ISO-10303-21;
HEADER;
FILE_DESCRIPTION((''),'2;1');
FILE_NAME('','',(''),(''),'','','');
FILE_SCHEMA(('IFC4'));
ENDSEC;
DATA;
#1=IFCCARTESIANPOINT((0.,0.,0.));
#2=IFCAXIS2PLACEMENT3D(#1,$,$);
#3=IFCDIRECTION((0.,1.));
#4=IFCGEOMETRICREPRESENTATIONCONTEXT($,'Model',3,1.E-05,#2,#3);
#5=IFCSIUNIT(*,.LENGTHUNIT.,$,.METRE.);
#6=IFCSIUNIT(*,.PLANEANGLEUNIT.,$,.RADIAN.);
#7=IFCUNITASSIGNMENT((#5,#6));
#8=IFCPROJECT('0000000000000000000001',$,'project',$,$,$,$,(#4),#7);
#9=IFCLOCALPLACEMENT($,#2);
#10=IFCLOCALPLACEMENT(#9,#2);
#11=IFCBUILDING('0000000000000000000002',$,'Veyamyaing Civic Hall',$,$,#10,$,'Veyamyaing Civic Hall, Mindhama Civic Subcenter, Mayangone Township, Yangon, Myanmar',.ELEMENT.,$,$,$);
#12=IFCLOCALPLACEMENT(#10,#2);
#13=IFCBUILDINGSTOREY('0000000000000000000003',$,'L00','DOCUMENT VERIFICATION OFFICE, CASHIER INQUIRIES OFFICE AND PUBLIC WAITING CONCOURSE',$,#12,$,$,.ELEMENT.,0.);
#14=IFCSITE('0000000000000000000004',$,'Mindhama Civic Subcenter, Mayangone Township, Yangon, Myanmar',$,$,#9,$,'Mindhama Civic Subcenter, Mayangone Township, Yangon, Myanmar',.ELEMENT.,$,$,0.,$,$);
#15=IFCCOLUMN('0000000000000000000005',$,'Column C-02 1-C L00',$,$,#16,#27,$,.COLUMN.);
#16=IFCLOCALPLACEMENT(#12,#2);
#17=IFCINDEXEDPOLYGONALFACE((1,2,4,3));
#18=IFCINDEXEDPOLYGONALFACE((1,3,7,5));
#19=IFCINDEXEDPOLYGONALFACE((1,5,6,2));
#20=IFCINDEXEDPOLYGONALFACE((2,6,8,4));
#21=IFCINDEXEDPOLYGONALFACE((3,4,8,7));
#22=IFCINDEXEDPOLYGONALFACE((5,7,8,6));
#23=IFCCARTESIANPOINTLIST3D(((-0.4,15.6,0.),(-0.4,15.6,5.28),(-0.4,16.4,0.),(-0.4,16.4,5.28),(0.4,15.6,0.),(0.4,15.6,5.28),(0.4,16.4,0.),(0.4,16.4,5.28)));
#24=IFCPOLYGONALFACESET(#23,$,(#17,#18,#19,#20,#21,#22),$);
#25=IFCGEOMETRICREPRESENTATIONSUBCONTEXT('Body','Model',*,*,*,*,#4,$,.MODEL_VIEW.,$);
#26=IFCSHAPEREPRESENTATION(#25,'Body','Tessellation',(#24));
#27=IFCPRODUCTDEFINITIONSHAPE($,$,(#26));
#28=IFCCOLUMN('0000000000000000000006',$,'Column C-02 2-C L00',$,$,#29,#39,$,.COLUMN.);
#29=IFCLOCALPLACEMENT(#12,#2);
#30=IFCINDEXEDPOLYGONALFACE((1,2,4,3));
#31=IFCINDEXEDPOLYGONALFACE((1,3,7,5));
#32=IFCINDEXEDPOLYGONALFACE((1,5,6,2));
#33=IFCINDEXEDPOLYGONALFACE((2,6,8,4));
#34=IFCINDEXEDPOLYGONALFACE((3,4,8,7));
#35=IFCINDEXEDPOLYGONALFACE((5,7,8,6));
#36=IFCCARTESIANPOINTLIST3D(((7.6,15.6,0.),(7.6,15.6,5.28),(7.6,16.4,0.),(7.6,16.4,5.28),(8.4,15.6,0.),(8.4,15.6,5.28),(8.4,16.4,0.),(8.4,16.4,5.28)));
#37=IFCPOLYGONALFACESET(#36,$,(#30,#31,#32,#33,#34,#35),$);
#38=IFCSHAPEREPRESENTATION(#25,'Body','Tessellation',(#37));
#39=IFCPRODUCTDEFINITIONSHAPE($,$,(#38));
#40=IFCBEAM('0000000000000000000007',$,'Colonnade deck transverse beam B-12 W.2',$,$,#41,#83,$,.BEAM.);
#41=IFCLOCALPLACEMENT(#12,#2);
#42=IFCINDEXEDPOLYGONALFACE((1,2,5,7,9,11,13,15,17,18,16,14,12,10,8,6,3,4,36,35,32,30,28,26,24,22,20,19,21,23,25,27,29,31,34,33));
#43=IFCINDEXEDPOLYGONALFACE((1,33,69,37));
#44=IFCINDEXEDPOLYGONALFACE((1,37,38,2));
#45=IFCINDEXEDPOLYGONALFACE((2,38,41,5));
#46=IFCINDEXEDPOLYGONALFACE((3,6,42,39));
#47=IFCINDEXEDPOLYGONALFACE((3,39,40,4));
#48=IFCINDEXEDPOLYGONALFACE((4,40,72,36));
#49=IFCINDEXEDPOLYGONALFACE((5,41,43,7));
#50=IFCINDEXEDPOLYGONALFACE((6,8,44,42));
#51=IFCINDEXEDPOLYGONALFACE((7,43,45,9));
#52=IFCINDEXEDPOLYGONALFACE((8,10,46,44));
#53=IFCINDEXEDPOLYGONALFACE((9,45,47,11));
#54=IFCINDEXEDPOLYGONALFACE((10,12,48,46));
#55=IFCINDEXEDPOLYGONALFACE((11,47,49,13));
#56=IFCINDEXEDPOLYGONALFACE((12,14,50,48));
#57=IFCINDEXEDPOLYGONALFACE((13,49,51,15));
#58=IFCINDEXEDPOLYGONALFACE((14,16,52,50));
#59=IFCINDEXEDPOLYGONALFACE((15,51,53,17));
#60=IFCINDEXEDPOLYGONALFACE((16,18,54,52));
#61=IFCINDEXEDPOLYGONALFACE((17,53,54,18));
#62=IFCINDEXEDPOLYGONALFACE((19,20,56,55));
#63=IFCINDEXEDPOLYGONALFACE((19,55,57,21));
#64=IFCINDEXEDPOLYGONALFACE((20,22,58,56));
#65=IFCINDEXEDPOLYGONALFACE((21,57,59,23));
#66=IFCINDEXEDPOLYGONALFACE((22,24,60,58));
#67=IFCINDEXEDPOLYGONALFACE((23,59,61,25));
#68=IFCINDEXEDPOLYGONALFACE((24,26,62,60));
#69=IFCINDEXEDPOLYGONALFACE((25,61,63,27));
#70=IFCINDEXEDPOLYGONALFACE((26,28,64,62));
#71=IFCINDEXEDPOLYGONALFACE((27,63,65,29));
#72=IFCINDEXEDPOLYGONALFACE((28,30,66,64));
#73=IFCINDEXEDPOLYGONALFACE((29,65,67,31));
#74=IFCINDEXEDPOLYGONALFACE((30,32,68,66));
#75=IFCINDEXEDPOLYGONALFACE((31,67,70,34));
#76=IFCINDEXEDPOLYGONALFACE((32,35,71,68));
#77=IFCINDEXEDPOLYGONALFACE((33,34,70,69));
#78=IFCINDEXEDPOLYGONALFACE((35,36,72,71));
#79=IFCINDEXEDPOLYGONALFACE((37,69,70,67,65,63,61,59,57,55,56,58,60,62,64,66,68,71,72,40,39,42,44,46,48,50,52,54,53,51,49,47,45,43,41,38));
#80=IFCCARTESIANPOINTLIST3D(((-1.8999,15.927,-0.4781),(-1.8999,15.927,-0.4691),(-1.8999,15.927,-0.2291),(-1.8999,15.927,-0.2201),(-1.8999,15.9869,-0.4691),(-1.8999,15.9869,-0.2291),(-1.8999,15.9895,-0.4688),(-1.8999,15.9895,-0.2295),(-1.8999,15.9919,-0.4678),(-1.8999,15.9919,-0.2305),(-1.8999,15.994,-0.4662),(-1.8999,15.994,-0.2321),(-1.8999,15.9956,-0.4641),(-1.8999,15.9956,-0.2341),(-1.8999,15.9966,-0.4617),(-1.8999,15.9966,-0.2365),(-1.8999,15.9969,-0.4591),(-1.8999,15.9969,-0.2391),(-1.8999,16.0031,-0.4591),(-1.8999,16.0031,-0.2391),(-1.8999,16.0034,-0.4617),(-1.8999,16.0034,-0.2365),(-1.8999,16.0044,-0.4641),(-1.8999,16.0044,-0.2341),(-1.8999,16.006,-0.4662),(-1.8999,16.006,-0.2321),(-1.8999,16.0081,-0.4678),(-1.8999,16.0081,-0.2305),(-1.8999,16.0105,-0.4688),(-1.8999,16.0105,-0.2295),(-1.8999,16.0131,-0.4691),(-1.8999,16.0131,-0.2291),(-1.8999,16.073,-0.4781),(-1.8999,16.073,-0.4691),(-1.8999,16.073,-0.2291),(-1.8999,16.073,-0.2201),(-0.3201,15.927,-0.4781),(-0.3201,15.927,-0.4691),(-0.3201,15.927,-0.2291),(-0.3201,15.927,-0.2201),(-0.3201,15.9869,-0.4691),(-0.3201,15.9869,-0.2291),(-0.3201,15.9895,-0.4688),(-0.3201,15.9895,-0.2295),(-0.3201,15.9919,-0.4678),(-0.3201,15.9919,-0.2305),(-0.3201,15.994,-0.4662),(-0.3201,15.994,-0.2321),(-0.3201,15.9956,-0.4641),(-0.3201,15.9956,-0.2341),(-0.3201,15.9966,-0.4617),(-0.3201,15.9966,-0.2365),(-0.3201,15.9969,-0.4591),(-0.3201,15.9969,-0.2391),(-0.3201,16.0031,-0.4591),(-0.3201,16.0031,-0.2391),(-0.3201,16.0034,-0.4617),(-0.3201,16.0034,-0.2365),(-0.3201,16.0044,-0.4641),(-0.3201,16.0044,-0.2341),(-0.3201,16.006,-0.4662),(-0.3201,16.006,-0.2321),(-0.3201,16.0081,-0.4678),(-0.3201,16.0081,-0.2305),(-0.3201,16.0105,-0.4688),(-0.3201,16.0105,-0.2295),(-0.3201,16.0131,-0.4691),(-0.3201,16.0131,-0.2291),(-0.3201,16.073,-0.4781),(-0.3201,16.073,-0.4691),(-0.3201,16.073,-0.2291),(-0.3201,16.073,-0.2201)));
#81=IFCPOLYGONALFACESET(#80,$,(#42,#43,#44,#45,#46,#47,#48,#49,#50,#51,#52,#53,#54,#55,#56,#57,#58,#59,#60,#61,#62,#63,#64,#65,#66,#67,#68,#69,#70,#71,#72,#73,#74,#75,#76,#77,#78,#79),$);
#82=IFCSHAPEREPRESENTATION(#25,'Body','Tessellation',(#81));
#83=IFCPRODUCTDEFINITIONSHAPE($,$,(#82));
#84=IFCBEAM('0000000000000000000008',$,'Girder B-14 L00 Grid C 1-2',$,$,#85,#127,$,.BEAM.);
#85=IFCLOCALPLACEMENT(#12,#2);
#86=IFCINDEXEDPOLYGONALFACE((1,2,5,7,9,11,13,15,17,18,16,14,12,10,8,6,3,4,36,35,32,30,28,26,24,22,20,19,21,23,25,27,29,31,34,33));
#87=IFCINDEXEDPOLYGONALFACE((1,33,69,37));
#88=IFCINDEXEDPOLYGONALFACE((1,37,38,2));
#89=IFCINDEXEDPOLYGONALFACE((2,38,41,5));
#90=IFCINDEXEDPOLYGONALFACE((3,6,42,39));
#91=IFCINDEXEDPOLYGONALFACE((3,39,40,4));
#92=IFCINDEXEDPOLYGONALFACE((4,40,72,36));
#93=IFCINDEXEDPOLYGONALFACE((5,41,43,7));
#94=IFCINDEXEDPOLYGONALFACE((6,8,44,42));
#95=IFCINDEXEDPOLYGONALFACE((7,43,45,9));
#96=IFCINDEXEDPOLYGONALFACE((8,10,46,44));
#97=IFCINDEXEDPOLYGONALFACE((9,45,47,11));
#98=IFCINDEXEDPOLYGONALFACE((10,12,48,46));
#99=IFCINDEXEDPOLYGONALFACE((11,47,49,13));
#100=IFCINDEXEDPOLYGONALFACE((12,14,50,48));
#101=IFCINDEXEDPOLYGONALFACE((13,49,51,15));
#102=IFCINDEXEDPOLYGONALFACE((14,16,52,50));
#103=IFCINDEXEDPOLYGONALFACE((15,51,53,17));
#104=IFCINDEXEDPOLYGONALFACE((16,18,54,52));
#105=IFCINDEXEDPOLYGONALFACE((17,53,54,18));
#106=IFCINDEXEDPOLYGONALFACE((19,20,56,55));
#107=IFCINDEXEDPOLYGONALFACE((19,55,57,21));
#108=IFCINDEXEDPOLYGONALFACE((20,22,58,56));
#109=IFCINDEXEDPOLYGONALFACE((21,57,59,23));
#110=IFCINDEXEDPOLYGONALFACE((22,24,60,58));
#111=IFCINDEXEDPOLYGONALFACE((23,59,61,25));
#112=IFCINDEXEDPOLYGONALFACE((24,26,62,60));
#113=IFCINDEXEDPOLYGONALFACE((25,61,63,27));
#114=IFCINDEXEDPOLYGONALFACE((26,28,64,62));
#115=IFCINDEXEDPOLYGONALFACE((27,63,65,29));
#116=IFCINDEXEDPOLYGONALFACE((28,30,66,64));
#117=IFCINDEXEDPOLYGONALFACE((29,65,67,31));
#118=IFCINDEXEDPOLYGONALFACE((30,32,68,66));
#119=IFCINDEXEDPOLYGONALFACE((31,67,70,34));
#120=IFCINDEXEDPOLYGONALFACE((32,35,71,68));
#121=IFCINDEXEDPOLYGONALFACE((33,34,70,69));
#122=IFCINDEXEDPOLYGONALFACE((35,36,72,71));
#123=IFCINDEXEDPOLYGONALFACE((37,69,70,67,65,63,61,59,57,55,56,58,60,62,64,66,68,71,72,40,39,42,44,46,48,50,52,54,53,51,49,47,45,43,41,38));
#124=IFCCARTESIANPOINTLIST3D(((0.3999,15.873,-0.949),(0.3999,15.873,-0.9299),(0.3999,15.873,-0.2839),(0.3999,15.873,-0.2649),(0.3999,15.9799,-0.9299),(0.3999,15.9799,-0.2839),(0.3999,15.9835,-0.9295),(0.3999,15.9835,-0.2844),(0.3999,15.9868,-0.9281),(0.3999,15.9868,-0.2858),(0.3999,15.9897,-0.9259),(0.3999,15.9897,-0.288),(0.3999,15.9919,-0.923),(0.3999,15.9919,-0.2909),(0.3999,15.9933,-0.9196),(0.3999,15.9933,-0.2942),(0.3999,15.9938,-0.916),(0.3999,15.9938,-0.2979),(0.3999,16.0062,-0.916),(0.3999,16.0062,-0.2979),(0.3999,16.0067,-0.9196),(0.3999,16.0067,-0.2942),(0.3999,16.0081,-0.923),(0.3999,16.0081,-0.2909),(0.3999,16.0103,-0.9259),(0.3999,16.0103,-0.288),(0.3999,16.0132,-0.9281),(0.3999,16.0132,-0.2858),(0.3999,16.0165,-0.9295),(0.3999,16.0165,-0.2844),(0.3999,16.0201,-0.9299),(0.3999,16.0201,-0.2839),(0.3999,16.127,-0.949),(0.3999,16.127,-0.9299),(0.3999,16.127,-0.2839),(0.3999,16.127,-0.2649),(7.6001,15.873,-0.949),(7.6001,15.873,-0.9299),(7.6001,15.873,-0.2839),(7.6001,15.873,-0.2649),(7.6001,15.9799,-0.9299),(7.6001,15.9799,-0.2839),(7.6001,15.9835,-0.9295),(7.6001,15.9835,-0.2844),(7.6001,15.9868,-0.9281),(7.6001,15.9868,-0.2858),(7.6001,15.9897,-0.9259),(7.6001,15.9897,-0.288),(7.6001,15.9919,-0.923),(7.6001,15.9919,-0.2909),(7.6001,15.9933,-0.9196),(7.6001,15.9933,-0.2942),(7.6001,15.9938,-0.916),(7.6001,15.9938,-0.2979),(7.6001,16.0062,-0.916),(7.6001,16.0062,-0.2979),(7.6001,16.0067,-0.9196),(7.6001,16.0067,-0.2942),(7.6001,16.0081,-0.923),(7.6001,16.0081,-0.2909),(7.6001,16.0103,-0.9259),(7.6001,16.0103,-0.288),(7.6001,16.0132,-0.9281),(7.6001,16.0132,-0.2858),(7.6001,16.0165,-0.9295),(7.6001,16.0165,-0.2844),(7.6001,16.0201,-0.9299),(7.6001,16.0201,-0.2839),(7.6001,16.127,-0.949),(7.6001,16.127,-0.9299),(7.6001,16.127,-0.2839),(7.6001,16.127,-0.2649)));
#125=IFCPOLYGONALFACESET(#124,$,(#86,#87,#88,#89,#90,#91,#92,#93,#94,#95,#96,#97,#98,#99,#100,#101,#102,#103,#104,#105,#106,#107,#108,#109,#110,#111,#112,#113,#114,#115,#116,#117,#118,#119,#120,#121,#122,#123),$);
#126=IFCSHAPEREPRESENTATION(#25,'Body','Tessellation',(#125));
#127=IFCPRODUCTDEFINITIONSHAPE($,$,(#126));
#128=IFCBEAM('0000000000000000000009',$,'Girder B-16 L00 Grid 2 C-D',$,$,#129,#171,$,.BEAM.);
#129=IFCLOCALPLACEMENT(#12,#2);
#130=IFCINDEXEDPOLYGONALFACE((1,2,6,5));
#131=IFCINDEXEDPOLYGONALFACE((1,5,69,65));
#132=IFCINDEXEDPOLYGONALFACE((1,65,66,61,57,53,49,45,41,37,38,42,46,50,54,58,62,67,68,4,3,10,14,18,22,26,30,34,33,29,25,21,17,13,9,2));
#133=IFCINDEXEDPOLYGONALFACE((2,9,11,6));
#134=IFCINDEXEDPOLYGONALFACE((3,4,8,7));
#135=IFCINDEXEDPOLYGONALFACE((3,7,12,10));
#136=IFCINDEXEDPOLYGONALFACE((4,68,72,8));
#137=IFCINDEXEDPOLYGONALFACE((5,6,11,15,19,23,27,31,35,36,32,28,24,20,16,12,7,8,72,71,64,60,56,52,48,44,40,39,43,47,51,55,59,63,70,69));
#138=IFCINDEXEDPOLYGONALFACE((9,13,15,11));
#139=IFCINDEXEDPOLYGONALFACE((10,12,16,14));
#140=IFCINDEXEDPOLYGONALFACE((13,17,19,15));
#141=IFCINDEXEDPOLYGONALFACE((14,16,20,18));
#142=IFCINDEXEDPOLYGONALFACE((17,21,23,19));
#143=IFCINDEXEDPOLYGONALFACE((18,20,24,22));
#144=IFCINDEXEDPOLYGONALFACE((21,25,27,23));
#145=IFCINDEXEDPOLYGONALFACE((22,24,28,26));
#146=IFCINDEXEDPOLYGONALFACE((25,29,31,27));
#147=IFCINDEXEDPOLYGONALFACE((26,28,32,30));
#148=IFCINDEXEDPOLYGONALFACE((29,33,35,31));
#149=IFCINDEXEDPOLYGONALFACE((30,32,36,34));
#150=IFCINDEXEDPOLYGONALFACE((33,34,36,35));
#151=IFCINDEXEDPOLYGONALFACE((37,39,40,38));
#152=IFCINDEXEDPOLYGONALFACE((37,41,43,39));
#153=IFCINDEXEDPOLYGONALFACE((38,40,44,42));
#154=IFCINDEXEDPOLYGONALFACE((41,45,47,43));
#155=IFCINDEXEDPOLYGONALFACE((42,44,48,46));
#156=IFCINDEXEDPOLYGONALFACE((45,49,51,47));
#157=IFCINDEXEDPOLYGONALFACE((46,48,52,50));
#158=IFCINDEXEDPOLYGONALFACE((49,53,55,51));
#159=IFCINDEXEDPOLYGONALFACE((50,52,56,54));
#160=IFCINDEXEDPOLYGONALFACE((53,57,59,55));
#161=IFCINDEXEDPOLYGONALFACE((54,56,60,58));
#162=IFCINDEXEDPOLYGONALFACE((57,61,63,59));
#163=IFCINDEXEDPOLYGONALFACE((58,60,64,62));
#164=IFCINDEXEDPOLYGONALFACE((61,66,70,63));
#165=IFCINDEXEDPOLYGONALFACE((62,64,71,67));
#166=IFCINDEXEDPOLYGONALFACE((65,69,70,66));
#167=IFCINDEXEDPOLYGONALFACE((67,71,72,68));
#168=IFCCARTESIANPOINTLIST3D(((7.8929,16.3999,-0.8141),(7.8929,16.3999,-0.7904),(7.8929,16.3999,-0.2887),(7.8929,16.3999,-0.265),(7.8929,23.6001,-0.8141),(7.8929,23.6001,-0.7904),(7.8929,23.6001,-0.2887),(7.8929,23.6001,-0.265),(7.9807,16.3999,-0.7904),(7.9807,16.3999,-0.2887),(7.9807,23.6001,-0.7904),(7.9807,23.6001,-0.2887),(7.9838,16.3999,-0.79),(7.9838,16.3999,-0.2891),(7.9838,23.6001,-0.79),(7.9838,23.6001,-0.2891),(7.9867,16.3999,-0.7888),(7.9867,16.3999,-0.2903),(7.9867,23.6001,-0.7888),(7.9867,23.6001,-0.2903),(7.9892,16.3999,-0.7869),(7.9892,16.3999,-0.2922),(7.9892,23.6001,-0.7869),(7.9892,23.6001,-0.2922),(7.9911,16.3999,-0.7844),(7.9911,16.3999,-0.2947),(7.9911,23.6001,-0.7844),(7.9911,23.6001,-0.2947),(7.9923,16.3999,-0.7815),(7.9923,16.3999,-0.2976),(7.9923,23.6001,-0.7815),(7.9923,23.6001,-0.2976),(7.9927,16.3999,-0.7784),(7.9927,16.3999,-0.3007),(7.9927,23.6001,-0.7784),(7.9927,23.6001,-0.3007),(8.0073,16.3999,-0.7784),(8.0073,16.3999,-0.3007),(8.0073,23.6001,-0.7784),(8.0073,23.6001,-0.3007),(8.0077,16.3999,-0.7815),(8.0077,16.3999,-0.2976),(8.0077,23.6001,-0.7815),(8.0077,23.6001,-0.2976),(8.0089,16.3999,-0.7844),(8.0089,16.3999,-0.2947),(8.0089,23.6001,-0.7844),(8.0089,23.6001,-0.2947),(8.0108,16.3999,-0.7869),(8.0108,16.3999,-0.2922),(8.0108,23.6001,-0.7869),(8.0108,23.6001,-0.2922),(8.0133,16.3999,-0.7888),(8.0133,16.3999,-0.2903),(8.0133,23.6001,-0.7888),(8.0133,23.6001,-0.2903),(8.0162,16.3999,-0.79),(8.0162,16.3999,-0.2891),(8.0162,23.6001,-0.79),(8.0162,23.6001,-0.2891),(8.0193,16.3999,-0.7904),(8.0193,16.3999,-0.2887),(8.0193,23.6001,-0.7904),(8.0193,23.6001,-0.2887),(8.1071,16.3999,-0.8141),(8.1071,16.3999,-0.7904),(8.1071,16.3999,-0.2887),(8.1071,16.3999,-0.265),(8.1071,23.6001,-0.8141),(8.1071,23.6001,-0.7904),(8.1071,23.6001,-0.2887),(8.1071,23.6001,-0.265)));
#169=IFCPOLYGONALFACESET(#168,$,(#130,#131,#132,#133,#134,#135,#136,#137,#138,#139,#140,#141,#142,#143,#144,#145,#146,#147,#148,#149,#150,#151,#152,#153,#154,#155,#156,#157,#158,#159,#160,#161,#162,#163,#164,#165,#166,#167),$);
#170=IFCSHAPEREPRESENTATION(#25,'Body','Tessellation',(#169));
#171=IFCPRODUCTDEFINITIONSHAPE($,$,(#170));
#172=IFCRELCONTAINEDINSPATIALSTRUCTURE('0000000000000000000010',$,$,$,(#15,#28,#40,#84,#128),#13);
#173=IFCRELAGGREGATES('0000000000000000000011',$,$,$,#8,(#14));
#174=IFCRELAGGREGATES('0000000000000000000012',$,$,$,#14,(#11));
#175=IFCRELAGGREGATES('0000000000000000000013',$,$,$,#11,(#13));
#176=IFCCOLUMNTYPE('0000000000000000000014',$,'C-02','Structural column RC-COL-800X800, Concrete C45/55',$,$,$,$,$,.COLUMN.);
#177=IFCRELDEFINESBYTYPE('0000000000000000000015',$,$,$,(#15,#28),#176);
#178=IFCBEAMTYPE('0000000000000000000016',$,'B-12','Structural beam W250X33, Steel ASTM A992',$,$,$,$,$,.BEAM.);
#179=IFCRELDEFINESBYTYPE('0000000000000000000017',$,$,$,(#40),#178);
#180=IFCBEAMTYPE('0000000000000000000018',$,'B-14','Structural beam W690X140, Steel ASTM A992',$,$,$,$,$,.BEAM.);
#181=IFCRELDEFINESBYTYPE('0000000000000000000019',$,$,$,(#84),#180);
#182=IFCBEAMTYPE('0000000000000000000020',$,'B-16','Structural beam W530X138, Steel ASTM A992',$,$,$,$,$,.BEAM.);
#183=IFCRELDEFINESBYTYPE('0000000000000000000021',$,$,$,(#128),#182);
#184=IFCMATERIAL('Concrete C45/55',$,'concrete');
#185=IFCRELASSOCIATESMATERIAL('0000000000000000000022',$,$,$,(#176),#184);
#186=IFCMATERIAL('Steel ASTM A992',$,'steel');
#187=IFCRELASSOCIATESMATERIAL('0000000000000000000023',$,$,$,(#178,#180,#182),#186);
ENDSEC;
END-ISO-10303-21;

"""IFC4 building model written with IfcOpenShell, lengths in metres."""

from ifc_helpers import new_model, si_unit, direction, frame, origin, origin_2d, place, context, subcontext, project, spatial, rectangle, i_section, extrude, material, material_profile, profile_set, type_object, element, save


model = new_model("IFC4")

# Units and contexts
model_context = context("Model", 3, precision=1e-05, world=origin(), true_north=direction((0.0, 1.0)))
body_context = subcontext(model_context, "Body", "Model", "MODEL_VIEW")
ifc_project = project(units=[si_unit("LENGTHUNIT", "METRE"), si_unit("PLANEANGLEUNIT", "RADIAN")], contexts=[model_context])

# Site, building, storey
site_placement = place(None, origin())
site = spatial("IfcSite", under=ifc_project, at=site_placement, Name="Mindhama Civic Subcenter, Mayangone Township, Yangon, Myanmar", LongName="Mindhama Civic Subcenter, Mayangone Township, Yangon, Myanmar", CompositionType="ELEMENT", RefElevation=0.0)
building_placement = place(site_placement, origin())
building = spatial("IfcBuilding", under=site, at=building_placement, Name="Veyamyaing Civic Hall", LongName="Veyamyaing Civic Hall, Mindhama Civic Subcenter, Mayangone Township, Yangon, Myanmar", CompositionType="ELEMENT")
storey_placement = place(building_placement, origin())
storey = spatial("IfcBuildingStorey", under=building, at=storey_placement, Name="L00", Description="DOCUMENT VERIFICATION OFFICE, CASHIER INQUIRIES OFFICE AND PUBLIC WAITING CONCOURSE", CompositionType="ELEMENT", Elevation=0.0)

# Columns
ifc_material_1 = material(Name="Concrete C45/55", Category="concrete")
ifc_material_profile_1 = material_profile(ifc_material_1, rectangle(XDim=0.8, YDim=0.8, at=origin_2d()), Name="RC-COL-800X800")
ifc_profile_set_1 = profile_set([ifc_material_profile_1], Name="Concrete C45/55")
column_type = type_object("IfcColumnType", Name="C-02", Description="Structural column RC-COL-800X800, Concrete C45/55", PredefinedType="COLUMN", material=ifc_profile_set_1)
for number, where, z_axis, x_axis, name in (
    (1, (0.0, 16.0, 0.0), (0.0, 0.0, 1.0), (1.0, 0.0, 0.0), "Column C-02 1-C L00"),
    (2, (8.0, 16.0, 0.0), (0.0, 0.0, 1.0), (1.0, 0.0, 0.0), "Column C-02 2-C L00"),
):
    element("IfcColumn", number, at=place(storey_placement, frame(where, z_axis=z_axis, x_axis=x_axis)), inside=storey, type_object=column_type, Name=name, PredefinedType="COLUMN", context=body_context, shape_type="SweptSolid", body=[
        extrude(rectangle(XDim=0.8, YDim=0.8, at=origin_2d()), origin(), (0.0, 0.0, 1.0), 5.28),
    ])

# Beams
ifc_material_2 = material(Name="Steel ASTM A992", Category="steel")
ifc_material_profile_2 = material_profile(ifc_material_2, i_section(OverallWidth=0.146, OverallDepth=0.2581, WebThickness=0.0061, FlangeThickness=0.009, FilletRadius=0.01, at=origin_2d()), Name="W250X33")
ifc_profile_set_2 = profile_set([ifc_material_profile_2], Name="Steel ASTM A992")
beam_type_1 = type_object("IfcBeamType", Name="B-12", Description="Structural beam W250X33, Steel ASTM A992", PredefinedType="BEAM", material=ifc_profile_set_2)
beam_1_placement = place(storey_placement, frame((-1.8999, 16.0, -0.3491), z_axis=(1.0, 0.0, 0.0), x_axis=(0.0, 1.0, 0.0)))
element("IfcBeam", 3, at=beam_1_placement, inside=storey, type_object=beam_type_1, Name="Colonnade deck transverse beam B-12 W.2", PredefinedType="BEAM", context=body_context, shape_type="SweptSolid", body=[
    extrude(i_section(OverallWidth=0.146, OverallDepth=0.2581, WebThickness=0.0061, FlangeThickness=0.009, FilletRadius=0.01, at=origin_2d()), origin(), (0.0, 0.0, 1.0), 1.5798),
])
ifc_material_profile_3 = material_profile(ifc_material_2, i_section(OverallWidth=0.2539, OverallDepth=0.6841, WebThickness=0.0125, FlangeThickness=0.019, FilletRadius=0.0139, at=origin_2d()), Name="W690X140")
ifc_profile_set_3 = profile_set([ifc_material_profile_3], Name="Steel ASTM A992")
beam_type_2 = type_object("IfcBeamType", Name="B-14", Description="Structural beam W690X140, Steel ASTM A992", PredefinedType="BEAM", material=ifc_profile_set_3)
beam_2_placement = place(storey_placement, frame((0.3999, 16.0, -0.6069), z_axis=(1.0, 0.0, 0.0), x_axis=(0.0, 1.0, 0.0)))
element("IfcBeam", 4, at=beam_2_placement, inside=storey, type_object=beam_type_2, Name="Girder B-14 L00 Grid C 1-2", PredefinedType="BEAM", context=body_context, shape_type="SweptSolid", body=[
    extrude(i_section(OverallWidth=0.2539, OverallDepth=0.6841, WebThickness=0.0125, FlangeThickness=0.019, FilletRadius=0.0139, at=origin_2d()), origin(), (0.0, 0.0, 1.0), 7.2002),
])
ifc_material_profile_4 = material_profile(ifc_material_2, i_section(OverallWidth=0.2141, OverallDepth=0.5491, WebThickness=0.0146, FlangeThickness=0.0237, FilletRadius=0.012, at=origin_2d()), Name="W530X138")
ifc_profile_set_4 = profile_set([ifc_material_profile_4], Name="Steel ASTM A992")
beam_type_3 = type_object("IfcBeamType", Name="B-16", Description="Structural beam W530X138, Steel ASTM A992", PredefinedType="BEAM", material=ifc_profile_set_4)
beam_3_placement = place(storey_placement, frame((8.0, 16.3999, -0.5396), z_axis=(0.0, 1.0, 0.0), x_axis=(-1.0, 0.0, 0.0)))
element("IfcBeam", 5, at=beam_3_placement, inside=storey, type_object=beam_type_3, Name="Girder B-16 L00 Grid 2 C-D", PredefinedType="BEAM", context=body_context, shape_type="SweptSolid", body=[
    extrude(i_section(OverallWidth=0.2141, OverallDepth=0.5491, WebThickness=0.0146, FlangeThickness=0.0237, FilletRadius=0.012, at=origin_2d()), origin(), (0.0, 0.0, 1.0), 7.2002),
])

save(model, "model.ifc")
